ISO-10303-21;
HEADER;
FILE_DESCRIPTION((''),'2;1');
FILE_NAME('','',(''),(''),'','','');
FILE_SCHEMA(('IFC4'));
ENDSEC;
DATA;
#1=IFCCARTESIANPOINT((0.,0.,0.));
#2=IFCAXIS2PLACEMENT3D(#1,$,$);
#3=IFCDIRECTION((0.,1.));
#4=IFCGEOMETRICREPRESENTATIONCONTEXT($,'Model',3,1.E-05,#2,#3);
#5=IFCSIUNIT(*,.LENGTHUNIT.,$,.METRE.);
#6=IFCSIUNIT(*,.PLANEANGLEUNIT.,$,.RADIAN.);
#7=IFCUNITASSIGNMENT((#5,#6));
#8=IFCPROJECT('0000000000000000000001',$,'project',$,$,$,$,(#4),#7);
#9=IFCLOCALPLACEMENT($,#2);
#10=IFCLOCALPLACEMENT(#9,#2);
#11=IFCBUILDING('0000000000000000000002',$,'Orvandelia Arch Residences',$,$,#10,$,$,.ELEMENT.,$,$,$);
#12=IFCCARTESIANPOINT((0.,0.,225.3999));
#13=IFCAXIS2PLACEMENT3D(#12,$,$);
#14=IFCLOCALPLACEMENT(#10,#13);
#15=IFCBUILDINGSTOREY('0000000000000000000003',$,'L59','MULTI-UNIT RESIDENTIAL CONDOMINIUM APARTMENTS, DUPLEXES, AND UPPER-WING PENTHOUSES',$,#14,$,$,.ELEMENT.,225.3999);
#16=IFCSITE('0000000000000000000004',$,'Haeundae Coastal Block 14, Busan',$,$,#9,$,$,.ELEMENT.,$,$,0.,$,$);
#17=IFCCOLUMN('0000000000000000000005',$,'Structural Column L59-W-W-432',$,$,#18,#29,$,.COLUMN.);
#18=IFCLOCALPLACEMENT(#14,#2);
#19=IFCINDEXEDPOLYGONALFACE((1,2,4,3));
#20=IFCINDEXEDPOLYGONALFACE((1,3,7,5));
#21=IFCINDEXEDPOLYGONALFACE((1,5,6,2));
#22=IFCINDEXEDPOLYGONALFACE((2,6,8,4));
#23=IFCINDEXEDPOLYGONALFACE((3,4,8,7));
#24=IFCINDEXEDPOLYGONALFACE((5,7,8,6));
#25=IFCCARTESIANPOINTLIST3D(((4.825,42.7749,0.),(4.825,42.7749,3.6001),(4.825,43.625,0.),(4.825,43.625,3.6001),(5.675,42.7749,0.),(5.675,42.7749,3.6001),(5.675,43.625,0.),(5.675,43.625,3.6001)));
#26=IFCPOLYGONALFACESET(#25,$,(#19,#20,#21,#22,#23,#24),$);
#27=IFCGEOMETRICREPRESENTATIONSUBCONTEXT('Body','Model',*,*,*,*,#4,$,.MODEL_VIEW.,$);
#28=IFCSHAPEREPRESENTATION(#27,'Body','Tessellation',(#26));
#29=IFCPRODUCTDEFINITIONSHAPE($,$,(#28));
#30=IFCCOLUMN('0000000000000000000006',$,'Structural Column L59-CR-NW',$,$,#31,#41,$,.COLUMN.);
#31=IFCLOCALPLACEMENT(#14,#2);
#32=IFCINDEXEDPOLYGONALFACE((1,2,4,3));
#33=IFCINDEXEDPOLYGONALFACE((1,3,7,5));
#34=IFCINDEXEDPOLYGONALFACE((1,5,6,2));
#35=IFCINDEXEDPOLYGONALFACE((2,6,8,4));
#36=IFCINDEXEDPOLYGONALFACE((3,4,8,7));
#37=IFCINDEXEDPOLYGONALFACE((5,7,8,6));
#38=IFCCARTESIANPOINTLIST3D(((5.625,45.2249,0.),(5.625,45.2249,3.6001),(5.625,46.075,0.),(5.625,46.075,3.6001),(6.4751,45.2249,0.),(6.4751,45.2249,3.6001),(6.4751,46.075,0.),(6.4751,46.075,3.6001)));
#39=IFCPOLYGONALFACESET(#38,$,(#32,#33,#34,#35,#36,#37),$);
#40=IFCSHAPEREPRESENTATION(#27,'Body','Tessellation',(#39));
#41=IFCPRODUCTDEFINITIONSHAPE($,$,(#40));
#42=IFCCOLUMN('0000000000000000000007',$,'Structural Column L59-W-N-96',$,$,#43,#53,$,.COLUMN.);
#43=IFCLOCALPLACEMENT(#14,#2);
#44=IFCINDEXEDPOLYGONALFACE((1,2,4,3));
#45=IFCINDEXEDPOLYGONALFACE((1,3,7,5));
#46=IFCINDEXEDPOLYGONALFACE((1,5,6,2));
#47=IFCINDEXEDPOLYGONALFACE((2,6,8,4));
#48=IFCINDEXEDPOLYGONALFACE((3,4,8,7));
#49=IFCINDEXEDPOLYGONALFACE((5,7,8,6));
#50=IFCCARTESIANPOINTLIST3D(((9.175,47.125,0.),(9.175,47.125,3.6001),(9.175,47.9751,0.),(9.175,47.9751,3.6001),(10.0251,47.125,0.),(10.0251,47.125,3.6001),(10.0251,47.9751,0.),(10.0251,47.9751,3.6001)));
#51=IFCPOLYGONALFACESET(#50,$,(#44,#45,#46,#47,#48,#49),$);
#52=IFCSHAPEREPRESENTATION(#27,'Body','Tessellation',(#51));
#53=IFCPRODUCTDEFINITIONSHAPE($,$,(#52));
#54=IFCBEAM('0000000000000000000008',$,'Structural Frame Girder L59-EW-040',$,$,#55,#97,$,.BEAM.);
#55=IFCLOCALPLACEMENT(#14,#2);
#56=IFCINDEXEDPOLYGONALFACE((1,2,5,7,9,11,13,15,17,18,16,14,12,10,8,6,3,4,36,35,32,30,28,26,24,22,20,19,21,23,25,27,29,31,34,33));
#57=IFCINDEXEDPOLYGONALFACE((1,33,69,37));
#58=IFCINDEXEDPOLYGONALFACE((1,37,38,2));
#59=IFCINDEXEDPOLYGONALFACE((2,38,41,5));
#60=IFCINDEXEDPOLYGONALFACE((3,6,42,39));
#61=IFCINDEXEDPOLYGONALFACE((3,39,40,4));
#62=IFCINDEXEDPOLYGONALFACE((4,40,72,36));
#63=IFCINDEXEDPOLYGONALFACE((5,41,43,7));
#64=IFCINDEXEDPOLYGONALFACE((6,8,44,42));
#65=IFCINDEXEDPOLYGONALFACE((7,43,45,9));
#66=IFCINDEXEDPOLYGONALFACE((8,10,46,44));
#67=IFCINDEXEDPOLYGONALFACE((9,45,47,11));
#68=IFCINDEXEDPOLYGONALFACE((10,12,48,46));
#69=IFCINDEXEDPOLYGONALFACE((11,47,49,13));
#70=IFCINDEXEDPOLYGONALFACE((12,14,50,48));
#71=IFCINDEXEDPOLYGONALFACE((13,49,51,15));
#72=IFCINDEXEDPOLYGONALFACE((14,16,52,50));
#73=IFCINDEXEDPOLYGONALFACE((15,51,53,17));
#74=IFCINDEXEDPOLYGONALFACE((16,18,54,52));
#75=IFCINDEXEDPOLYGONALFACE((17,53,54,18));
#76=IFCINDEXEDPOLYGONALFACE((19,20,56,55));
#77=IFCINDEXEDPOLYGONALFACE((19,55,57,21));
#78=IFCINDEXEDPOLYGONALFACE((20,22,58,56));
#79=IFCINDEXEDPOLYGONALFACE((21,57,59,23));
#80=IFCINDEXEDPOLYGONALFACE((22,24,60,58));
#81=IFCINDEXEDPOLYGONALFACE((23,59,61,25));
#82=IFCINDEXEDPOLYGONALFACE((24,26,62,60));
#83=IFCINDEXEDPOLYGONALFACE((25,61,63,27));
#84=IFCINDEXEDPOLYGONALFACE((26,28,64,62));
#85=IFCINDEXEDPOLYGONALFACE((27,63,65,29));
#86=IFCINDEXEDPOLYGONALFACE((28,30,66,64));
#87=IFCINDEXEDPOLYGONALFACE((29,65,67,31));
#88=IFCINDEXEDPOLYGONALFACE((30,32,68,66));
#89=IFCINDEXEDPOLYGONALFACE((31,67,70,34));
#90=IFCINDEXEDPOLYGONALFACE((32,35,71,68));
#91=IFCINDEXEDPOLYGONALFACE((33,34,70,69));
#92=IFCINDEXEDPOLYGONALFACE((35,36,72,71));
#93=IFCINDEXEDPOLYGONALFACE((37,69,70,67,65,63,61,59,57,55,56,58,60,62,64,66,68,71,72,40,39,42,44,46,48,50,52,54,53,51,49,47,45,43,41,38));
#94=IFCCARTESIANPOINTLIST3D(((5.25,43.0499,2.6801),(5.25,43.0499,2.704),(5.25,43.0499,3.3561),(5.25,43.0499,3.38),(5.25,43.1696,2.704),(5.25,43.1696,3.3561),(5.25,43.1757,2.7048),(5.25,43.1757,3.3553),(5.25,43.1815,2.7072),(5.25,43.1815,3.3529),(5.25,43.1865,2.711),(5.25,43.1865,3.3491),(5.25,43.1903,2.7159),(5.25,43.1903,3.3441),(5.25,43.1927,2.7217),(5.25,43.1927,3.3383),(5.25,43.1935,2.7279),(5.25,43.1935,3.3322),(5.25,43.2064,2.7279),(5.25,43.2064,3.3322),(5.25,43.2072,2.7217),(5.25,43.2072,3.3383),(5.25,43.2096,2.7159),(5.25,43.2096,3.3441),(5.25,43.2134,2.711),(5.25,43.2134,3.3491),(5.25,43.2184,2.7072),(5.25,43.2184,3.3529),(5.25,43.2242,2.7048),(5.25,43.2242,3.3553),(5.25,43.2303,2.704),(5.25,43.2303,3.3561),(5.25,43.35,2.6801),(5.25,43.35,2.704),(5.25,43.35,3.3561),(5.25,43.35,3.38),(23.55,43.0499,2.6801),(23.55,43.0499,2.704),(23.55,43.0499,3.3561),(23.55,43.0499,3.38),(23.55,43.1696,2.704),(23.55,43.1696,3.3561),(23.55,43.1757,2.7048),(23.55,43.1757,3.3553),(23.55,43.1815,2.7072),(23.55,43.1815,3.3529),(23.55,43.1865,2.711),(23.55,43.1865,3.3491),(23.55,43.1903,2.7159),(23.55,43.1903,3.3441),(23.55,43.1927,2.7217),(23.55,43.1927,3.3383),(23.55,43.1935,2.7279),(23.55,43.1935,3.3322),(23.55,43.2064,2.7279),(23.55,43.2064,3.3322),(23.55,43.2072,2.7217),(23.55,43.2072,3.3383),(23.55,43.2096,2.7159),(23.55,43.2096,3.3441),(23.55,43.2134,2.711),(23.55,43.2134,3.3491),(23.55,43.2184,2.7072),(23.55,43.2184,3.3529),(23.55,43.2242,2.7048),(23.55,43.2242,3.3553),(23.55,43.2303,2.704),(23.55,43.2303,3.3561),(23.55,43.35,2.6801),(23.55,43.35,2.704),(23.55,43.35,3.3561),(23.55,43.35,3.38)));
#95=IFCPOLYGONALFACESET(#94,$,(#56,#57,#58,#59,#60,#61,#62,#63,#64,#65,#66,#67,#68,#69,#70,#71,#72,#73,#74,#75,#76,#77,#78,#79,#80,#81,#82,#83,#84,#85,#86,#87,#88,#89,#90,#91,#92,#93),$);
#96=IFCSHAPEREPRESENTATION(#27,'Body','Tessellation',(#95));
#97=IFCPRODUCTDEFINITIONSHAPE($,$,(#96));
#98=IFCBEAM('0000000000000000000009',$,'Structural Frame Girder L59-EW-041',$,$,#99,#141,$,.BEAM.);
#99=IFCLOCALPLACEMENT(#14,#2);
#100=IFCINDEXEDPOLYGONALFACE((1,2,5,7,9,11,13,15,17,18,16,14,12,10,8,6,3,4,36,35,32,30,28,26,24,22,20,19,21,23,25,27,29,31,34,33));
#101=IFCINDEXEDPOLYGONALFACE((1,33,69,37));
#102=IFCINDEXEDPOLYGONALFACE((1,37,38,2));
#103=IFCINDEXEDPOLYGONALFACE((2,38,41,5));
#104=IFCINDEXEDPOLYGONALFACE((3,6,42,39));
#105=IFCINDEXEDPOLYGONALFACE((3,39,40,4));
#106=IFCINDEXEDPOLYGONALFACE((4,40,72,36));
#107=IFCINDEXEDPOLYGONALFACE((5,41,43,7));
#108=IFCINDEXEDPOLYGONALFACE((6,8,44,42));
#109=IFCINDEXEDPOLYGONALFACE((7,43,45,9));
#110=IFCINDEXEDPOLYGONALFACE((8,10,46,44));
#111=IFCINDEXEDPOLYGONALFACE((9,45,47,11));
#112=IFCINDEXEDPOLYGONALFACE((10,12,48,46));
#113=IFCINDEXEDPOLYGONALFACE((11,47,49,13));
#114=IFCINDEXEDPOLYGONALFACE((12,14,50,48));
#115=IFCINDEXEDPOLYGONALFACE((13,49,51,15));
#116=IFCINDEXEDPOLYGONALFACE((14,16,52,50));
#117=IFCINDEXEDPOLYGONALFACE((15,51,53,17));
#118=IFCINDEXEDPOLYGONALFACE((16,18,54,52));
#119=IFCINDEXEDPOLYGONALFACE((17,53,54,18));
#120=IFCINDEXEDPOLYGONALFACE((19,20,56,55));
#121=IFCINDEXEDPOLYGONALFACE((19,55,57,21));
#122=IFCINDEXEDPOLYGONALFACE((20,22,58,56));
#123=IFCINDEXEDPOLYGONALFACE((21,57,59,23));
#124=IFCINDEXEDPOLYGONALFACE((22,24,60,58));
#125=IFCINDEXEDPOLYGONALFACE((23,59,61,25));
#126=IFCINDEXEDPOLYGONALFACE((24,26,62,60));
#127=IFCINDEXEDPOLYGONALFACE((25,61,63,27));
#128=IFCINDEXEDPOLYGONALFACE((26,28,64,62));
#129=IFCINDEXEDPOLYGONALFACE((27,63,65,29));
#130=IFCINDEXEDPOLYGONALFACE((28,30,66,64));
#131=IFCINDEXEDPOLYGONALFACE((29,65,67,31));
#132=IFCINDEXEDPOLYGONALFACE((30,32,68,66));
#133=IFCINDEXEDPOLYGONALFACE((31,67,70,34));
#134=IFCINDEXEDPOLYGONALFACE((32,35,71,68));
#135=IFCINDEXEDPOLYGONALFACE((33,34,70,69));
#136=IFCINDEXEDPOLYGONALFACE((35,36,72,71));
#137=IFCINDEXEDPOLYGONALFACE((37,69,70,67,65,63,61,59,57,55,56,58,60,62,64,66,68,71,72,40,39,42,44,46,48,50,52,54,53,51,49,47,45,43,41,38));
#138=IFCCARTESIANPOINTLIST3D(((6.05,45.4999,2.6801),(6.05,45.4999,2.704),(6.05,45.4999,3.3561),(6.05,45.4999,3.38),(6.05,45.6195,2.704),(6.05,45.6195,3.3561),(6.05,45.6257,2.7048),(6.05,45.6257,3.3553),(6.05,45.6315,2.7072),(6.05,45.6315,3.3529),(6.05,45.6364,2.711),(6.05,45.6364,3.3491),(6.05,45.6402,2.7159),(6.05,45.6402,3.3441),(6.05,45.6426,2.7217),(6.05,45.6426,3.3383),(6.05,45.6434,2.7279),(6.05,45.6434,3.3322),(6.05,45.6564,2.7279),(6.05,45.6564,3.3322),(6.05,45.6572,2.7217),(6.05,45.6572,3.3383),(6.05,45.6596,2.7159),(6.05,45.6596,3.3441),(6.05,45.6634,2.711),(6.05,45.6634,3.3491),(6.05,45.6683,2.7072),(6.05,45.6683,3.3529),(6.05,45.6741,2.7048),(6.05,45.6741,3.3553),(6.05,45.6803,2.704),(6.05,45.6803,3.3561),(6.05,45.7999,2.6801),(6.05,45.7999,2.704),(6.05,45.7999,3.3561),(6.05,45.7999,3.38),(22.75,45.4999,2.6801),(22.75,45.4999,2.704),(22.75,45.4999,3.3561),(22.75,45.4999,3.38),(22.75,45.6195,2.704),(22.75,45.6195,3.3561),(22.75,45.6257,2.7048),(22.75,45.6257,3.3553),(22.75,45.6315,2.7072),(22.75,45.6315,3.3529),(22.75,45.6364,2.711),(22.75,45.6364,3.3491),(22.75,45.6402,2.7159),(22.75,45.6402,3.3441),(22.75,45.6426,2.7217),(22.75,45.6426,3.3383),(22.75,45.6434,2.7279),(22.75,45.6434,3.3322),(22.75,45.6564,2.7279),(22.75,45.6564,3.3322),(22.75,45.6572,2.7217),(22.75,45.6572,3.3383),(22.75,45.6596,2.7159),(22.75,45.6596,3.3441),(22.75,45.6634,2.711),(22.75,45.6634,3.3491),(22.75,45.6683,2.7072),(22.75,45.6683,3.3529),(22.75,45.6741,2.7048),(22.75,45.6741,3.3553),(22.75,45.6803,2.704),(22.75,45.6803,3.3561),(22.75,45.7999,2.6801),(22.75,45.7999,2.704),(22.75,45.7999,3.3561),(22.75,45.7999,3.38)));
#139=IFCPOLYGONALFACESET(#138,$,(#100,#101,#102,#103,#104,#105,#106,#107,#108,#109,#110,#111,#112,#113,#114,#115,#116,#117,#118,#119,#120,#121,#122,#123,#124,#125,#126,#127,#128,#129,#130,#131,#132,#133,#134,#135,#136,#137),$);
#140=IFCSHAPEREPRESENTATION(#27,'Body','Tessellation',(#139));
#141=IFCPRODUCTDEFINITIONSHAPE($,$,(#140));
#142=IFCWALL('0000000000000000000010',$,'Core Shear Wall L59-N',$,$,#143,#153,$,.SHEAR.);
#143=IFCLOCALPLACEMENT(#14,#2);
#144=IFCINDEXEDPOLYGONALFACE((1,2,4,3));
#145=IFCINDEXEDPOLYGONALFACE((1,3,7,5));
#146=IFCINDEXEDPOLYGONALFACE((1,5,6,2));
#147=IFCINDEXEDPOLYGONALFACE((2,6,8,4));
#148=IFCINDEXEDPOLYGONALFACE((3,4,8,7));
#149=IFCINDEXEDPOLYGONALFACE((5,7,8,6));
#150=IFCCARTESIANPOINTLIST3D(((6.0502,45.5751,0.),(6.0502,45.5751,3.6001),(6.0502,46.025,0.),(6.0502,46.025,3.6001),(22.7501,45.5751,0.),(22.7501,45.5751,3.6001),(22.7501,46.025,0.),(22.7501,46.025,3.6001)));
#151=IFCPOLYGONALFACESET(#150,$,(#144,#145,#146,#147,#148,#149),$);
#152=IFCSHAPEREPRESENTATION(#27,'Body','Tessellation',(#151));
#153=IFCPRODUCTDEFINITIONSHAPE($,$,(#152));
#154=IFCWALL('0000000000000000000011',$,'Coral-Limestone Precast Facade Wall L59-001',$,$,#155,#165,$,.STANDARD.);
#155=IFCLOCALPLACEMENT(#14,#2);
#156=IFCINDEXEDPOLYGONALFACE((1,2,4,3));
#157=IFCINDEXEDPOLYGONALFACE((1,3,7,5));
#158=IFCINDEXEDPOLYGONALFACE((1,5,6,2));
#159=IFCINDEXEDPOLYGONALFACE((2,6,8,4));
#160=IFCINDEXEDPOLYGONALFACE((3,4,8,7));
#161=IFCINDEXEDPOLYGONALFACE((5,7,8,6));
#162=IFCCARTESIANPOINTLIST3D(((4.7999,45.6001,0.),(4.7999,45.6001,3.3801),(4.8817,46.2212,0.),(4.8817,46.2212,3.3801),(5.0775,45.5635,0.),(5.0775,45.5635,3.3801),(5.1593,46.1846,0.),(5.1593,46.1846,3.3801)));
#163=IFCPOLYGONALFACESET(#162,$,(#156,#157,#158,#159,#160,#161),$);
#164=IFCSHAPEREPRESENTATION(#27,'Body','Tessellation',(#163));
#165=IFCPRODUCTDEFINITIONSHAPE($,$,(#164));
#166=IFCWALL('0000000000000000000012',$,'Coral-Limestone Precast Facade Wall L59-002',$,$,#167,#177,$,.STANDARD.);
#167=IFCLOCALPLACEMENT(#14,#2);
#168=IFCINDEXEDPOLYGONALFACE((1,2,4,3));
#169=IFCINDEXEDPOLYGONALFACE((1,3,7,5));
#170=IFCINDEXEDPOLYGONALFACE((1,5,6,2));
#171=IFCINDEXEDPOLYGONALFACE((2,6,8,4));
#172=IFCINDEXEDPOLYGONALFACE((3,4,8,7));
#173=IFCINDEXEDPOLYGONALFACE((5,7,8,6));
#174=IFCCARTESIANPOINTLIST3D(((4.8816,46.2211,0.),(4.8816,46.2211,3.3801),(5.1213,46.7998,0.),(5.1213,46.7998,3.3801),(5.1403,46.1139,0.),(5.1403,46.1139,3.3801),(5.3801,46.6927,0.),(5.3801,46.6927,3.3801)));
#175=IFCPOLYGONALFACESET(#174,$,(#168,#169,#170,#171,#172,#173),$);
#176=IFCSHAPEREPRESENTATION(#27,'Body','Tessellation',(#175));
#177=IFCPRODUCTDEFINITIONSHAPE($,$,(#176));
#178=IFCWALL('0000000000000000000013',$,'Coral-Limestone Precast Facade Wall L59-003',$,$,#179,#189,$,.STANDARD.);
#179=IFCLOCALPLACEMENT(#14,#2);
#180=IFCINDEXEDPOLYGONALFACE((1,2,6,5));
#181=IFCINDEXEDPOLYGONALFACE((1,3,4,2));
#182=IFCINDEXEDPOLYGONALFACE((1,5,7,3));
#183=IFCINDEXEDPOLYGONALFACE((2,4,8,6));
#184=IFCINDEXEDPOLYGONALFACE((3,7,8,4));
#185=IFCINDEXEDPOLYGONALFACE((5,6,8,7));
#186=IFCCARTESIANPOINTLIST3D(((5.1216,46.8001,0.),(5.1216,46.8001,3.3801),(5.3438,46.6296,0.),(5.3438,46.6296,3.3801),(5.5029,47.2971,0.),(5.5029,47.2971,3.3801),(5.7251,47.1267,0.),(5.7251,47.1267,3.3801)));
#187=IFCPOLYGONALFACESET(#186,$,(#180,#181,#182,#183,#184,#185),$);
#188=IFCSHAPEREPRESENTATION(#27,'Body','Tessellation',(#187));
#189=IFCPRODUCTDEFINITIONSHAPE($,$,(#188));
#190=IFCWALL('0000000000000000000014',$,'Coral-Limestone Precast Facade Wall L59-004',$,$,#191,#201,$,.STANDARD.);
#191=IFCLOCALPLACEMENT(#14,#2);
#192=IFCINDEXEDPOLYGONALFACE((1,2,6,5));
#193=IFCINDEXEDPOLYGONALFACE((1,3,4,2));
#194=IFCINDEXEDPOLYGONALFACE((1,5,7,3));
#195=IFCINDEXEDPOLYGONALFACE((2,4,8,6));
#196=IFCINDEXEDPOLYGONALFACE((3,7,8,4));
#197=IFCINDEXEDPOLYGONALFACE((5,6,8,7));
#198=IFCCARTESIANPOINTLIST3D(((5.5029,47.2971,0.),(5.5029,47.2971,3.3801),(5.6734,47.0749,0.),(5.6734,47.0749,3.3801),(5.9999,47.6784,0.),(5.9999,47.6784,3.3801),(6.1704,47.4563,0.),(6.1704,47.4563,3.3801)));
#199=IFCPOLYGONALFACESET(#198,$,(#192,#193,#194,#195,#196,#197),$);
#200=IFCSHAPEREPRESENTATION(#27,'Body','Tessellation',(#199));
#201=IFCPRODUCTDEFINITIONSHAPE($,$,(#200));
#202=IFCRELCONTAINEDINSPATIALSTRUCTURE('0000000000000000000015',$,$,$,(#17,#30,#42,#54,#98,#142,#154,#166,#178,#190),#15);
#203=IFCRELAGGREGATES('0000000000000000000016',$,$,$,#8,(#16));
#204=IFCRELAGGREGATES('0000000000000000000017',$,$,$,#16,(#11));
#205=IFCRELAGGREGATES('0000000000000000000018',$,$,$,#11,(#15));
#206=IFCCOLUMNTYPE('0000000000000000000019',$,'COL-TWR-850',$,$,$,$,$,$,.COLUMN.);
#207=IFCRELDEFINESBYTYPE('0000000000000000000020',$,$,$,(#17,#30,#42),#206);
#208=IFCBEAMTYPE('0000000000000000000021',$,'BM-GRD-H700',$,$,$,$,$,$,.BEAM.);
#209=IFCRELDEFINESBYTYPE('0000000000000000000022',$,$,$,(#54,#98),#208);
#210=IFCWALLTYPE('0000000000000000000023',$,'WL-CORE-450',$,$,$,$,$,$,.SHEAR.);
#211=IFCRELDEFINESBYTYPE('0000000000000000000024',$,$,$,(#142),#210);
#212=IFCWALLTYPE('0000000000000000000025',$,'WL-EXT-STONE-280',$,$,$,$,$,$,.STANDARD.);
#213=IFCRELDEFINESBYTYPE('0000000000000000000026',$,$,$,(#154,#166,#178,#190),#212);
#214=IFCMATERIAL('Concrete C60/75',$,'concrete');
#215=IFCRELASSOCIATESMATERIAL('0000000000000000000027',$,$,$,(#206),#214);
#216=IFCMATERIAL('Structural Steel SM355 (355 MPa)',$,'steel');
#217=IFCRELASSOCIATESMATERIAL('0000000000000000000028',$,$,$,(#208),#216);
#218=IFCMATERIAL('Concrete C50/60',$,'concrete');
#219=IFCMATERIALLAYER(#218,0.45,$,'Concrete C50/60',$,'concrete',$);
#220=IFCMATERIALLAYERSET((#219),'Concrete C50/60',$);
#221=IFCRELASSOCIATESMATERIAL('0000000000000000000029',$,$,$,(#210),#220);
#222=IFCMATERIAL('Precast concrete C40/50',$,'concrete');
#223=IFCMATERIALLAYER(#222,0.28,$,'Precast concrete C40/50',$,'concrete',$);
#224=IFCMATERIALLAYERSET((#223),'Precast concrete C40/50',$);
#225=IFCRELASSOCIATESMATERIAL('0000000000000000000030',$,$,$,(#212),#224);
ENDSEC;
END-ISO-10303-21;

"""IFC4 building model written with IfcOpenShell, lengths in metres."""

from ifc_helpers import new_model, si_unit, direction, frame, frame_2d, origin, origin_2d, place, context, subcontext, project, spatial, rectangle, i_section, extrude, material, layer, layer_set, material_profile, profile_set, type_object, element, save


model = new_model("IFC4")

# Units and contexts
model_context = context("Model", 3, precision=1e-05, world=origin(), true_north=direction((0.0, 1.0)))
body_context = subcontext(model_context, "Body", "Model", "MODEL_VIEW")
ifc_project = project(units=[si_unit("LENGTHUNIT", "METRE"), si_unit("PLANEANGLEUNIT", "RADIAN")], contexts=[model_context])

# Site, building, storey
site_placement = place(None, origin())
site = spatial("IfcSite", under=ifc_project, at=site_placement, Name="Haeundae Coastal Block 14, Busan", CompositionType="ELEMENT", RefElevation=0.0)
building_placement = place(site_placement, origin())
building = spatial("IfcBuilding", under=site, at=building_placement, Name="Orvandelia Arch Residences", CompositionType="ELEMENT")
storey_placement = place(building_placement, frame((0.0, 0.0, 225.3999)))
storey = spatial("IfcBuildingStorey", under=building, at=storey_placement, Name="L59", Description="MULTI-UNIT RESIDENTIAL CONDOMINIUM APARTMENTS, DUPLEXES, AND UPPER-WING PENTHOUSES", CompositionType="ELEMENT", Elevation=225.3999)

# Columns
ifc_material_1 = material(Name="Concrete C60/75", Category="concrete")
ifc_material_profile_1 = material_profile(ifc_material_1, rectangle(XDim=0.8501, YDim=0.8501, at=origin_2d()), Name="Concrete C60/75", Category="concrete")
ifc_profile_set_1 = profile_set([ifc_material_profile_1], Name="Concrete C60/75")
column_type = type_object("IfcColumnType", Name="COL-TWR-850", PredefinedType="COLUMN", material=ifc_profile_set_1)
for number, where, z_axis, x_axis, name in (
    (1, (5.25, 43.2, 0.0), (0.0, 0.0, 1.0), (1.0, 0.0, 0.0), "Structural Column L59-W-W-432"),
    (2, (6.05, 45.6499, 0.0), (0.0, 0.0, 1.0), (1.0, 0.0, 0.0), "Structural Column L59-CR-NW"),
    (3, (9.6001, 47.55, 0.0), (0.0, 0.0, 1.0), (1.0, 0.0, 0.0), "Structural Column L59-W-N-96"),
):
    element("IfcColumn", number, at=place(storey_placement, frame(where, z_axis=z_axis, x_axis=x_axis)), inside=storey, type_object=column_type, Name=name, PredefinedType="COLUMN", context=body_context, shape_type="SweptSolid", body=[
        extrude(rectangle(XDim=0.8501, YDim=0.8501, at=origin_2d()), origin(), (0.0, 0.0, 1.0), 3.6001),
    ])

# Beams
ifc_material_2 = material(Name="Structural Steel SM355 (355 MPa)", Category="steel")
ifc_material_profile_2 = material_profile(ifc_material_2, i_section(OverallWidth=0.3, OverallDepth=0.7, WebThickness=0.0129, FlangeThickness=0.0239, FilletRadius=0.0239, at=origin_2d()), Name="Structural Steel SM355 (355 MPa)", Category="steel")
ifc_profile_set_2 = profile_set([ifc_material_profile_2], Name="Structural Steel SM355 (355 MPa)")
beam_type = type_object("IfcBeamType", Name="BM-GRD-H700", PredefinedType="BEAM", material=ifc_profile_set_2)
beam_1_placement = place(storey_placement, frame((5.25, 43.2, 3.03), z_axis=(1.0, 0.0, 0.0), x_axis=(0.0, 1.0, 0.0)))
element("IfcBeam", 4, at=beam_1_placement, inside=storey, type_object=beam_type, Name="Structural Frame Girder L59-EW-040", PredefinedType="BEAM", context=body_context, shape_type="SweptSolid", body=[
    extrude(i_section(OverallWidth=0.3, OverallDepth=0.7, WebThickness=0.0129, FlangeThickness=0.0239, FilletRadius=0.0239, at=origin_2d()), origin(), (0.0, 0.0, 1.0), 18.3),
])
beam_2_placement = place(storey_placement, frame((6.05, 45.6499, 3.03), z_axis=(1.0, 0.0, 0.0), x_axis=(0.0, 1.0, 0.0)))
element("IfcBeam", 5, at=beam_2_placement, inside=storey, type_object=beam_type, Name="Structural Frame Girder L59-EW-041", PredefinedType="BEAM", context=body_context, shape_type="SweptSolid", body=[
    extrude(i_section(OverallWidth=0.3, OverallDepth=0.7, WebThickness=0.0129, FlangeThickness=0.0239, FilletRadius=0.0239, at=origin_2d()), origin(), (0.0, 0.0, 1.0), 16.7),
])

# Walls
ifc_material_3 = material(Name="Concrete C50/60", Category="concrete")
ifc_layer_1 = layer(ifc_material_3, 0.45, Name="Concrete C50/60", Category="concrete")
ifc_layer_set_1 = layer_set([ifc_layer_1], Name="Concrete C50/60")
wall_type_1 = type_object("IfcWallType", Name="WL-CORE-450", PredefinedType="SHEAR", material=ifc_layer_set_1)
wall_1_placement = place(storey_placement, frame((6.05, 45.8, 0.0), z_axis=(0.0, 0.0, 1.0), x_axis=(1.0, 0.0, 0.0)))
element("IfcWall", 6, at=wall_1_placement, inside=storey, type_object=wall_type_1, Name="Core Shear Wall L59-N", PredefinedType="SHEAR", context=body_context, shape_type="SweptSolid", body=[
    extrude(rectangle(XDim=16.7, YDim=0.45, at=frame_2d((8.3501, 0.0))), origin(), (0.0, 0.0, 1.0), 3.6001),
])
ifc_material_4 = material(Name="Precast concrete C40/50", Category="concrete")
ifc_layer_2 = layer(ifc_material_4, 0.28, Name="Precast concrete C40/50", Category="concrete")
ifc_layer_set_2 = layer_set([ifc_layer_2], Name="Precast concrete C40/50")
wall_type_2 = type_object("IfcWallType", Name="WL-EXT-STONE-280", PredefinedType="STANDARD", material=ifc_layer_set_2)
for number, where, z_axis, x_axis, name in (
    (7, (4.9387, 45.5818, 0.0), (0.0, 0.0, 1.0), (0.130555, 0.991441, 0.0), "Coral-Limestone Precast Facade Wall L59-001"),
    (8, (5.011, 46.1675, 0.0), (0.0, 0.0, 1.0), (0.38265, 0.923893, 0.0), "Coral-Limestone Precast Facade Wall L59-002"),
    (9, (5.2327, 46.7148, 0.0), (0.0, 0.0, 1.0), (0.608693, 0.793406, 0.0), "Coral-Limestone Precast Facade Wall L59-003"),
    (10, (5.5881, 47.186, 0.0), (0.0, 0.0, 1.0), (0.793406, 0.608693, 0.0), "Coral-Limestone Precast Facade Wall L59-004"),
):
    element("IfcWall", number, at=place(storey_placement, frame(where, z_axis=z_axis, x_axis=x_axis)), inside=storey, type_object=wall_type_2, Name=name, PredefinedType="STANDARD", context=body_context, shape_type="SweptSolid", body=[
        extrude(rectangle(XDim=0.6265, YDim=0.28, at=frame_2d((0.3132, 0.0))), origin(), (0.0, 0.0, 1.0), 3.3801),
    ])

save(model, "model.ifc")
